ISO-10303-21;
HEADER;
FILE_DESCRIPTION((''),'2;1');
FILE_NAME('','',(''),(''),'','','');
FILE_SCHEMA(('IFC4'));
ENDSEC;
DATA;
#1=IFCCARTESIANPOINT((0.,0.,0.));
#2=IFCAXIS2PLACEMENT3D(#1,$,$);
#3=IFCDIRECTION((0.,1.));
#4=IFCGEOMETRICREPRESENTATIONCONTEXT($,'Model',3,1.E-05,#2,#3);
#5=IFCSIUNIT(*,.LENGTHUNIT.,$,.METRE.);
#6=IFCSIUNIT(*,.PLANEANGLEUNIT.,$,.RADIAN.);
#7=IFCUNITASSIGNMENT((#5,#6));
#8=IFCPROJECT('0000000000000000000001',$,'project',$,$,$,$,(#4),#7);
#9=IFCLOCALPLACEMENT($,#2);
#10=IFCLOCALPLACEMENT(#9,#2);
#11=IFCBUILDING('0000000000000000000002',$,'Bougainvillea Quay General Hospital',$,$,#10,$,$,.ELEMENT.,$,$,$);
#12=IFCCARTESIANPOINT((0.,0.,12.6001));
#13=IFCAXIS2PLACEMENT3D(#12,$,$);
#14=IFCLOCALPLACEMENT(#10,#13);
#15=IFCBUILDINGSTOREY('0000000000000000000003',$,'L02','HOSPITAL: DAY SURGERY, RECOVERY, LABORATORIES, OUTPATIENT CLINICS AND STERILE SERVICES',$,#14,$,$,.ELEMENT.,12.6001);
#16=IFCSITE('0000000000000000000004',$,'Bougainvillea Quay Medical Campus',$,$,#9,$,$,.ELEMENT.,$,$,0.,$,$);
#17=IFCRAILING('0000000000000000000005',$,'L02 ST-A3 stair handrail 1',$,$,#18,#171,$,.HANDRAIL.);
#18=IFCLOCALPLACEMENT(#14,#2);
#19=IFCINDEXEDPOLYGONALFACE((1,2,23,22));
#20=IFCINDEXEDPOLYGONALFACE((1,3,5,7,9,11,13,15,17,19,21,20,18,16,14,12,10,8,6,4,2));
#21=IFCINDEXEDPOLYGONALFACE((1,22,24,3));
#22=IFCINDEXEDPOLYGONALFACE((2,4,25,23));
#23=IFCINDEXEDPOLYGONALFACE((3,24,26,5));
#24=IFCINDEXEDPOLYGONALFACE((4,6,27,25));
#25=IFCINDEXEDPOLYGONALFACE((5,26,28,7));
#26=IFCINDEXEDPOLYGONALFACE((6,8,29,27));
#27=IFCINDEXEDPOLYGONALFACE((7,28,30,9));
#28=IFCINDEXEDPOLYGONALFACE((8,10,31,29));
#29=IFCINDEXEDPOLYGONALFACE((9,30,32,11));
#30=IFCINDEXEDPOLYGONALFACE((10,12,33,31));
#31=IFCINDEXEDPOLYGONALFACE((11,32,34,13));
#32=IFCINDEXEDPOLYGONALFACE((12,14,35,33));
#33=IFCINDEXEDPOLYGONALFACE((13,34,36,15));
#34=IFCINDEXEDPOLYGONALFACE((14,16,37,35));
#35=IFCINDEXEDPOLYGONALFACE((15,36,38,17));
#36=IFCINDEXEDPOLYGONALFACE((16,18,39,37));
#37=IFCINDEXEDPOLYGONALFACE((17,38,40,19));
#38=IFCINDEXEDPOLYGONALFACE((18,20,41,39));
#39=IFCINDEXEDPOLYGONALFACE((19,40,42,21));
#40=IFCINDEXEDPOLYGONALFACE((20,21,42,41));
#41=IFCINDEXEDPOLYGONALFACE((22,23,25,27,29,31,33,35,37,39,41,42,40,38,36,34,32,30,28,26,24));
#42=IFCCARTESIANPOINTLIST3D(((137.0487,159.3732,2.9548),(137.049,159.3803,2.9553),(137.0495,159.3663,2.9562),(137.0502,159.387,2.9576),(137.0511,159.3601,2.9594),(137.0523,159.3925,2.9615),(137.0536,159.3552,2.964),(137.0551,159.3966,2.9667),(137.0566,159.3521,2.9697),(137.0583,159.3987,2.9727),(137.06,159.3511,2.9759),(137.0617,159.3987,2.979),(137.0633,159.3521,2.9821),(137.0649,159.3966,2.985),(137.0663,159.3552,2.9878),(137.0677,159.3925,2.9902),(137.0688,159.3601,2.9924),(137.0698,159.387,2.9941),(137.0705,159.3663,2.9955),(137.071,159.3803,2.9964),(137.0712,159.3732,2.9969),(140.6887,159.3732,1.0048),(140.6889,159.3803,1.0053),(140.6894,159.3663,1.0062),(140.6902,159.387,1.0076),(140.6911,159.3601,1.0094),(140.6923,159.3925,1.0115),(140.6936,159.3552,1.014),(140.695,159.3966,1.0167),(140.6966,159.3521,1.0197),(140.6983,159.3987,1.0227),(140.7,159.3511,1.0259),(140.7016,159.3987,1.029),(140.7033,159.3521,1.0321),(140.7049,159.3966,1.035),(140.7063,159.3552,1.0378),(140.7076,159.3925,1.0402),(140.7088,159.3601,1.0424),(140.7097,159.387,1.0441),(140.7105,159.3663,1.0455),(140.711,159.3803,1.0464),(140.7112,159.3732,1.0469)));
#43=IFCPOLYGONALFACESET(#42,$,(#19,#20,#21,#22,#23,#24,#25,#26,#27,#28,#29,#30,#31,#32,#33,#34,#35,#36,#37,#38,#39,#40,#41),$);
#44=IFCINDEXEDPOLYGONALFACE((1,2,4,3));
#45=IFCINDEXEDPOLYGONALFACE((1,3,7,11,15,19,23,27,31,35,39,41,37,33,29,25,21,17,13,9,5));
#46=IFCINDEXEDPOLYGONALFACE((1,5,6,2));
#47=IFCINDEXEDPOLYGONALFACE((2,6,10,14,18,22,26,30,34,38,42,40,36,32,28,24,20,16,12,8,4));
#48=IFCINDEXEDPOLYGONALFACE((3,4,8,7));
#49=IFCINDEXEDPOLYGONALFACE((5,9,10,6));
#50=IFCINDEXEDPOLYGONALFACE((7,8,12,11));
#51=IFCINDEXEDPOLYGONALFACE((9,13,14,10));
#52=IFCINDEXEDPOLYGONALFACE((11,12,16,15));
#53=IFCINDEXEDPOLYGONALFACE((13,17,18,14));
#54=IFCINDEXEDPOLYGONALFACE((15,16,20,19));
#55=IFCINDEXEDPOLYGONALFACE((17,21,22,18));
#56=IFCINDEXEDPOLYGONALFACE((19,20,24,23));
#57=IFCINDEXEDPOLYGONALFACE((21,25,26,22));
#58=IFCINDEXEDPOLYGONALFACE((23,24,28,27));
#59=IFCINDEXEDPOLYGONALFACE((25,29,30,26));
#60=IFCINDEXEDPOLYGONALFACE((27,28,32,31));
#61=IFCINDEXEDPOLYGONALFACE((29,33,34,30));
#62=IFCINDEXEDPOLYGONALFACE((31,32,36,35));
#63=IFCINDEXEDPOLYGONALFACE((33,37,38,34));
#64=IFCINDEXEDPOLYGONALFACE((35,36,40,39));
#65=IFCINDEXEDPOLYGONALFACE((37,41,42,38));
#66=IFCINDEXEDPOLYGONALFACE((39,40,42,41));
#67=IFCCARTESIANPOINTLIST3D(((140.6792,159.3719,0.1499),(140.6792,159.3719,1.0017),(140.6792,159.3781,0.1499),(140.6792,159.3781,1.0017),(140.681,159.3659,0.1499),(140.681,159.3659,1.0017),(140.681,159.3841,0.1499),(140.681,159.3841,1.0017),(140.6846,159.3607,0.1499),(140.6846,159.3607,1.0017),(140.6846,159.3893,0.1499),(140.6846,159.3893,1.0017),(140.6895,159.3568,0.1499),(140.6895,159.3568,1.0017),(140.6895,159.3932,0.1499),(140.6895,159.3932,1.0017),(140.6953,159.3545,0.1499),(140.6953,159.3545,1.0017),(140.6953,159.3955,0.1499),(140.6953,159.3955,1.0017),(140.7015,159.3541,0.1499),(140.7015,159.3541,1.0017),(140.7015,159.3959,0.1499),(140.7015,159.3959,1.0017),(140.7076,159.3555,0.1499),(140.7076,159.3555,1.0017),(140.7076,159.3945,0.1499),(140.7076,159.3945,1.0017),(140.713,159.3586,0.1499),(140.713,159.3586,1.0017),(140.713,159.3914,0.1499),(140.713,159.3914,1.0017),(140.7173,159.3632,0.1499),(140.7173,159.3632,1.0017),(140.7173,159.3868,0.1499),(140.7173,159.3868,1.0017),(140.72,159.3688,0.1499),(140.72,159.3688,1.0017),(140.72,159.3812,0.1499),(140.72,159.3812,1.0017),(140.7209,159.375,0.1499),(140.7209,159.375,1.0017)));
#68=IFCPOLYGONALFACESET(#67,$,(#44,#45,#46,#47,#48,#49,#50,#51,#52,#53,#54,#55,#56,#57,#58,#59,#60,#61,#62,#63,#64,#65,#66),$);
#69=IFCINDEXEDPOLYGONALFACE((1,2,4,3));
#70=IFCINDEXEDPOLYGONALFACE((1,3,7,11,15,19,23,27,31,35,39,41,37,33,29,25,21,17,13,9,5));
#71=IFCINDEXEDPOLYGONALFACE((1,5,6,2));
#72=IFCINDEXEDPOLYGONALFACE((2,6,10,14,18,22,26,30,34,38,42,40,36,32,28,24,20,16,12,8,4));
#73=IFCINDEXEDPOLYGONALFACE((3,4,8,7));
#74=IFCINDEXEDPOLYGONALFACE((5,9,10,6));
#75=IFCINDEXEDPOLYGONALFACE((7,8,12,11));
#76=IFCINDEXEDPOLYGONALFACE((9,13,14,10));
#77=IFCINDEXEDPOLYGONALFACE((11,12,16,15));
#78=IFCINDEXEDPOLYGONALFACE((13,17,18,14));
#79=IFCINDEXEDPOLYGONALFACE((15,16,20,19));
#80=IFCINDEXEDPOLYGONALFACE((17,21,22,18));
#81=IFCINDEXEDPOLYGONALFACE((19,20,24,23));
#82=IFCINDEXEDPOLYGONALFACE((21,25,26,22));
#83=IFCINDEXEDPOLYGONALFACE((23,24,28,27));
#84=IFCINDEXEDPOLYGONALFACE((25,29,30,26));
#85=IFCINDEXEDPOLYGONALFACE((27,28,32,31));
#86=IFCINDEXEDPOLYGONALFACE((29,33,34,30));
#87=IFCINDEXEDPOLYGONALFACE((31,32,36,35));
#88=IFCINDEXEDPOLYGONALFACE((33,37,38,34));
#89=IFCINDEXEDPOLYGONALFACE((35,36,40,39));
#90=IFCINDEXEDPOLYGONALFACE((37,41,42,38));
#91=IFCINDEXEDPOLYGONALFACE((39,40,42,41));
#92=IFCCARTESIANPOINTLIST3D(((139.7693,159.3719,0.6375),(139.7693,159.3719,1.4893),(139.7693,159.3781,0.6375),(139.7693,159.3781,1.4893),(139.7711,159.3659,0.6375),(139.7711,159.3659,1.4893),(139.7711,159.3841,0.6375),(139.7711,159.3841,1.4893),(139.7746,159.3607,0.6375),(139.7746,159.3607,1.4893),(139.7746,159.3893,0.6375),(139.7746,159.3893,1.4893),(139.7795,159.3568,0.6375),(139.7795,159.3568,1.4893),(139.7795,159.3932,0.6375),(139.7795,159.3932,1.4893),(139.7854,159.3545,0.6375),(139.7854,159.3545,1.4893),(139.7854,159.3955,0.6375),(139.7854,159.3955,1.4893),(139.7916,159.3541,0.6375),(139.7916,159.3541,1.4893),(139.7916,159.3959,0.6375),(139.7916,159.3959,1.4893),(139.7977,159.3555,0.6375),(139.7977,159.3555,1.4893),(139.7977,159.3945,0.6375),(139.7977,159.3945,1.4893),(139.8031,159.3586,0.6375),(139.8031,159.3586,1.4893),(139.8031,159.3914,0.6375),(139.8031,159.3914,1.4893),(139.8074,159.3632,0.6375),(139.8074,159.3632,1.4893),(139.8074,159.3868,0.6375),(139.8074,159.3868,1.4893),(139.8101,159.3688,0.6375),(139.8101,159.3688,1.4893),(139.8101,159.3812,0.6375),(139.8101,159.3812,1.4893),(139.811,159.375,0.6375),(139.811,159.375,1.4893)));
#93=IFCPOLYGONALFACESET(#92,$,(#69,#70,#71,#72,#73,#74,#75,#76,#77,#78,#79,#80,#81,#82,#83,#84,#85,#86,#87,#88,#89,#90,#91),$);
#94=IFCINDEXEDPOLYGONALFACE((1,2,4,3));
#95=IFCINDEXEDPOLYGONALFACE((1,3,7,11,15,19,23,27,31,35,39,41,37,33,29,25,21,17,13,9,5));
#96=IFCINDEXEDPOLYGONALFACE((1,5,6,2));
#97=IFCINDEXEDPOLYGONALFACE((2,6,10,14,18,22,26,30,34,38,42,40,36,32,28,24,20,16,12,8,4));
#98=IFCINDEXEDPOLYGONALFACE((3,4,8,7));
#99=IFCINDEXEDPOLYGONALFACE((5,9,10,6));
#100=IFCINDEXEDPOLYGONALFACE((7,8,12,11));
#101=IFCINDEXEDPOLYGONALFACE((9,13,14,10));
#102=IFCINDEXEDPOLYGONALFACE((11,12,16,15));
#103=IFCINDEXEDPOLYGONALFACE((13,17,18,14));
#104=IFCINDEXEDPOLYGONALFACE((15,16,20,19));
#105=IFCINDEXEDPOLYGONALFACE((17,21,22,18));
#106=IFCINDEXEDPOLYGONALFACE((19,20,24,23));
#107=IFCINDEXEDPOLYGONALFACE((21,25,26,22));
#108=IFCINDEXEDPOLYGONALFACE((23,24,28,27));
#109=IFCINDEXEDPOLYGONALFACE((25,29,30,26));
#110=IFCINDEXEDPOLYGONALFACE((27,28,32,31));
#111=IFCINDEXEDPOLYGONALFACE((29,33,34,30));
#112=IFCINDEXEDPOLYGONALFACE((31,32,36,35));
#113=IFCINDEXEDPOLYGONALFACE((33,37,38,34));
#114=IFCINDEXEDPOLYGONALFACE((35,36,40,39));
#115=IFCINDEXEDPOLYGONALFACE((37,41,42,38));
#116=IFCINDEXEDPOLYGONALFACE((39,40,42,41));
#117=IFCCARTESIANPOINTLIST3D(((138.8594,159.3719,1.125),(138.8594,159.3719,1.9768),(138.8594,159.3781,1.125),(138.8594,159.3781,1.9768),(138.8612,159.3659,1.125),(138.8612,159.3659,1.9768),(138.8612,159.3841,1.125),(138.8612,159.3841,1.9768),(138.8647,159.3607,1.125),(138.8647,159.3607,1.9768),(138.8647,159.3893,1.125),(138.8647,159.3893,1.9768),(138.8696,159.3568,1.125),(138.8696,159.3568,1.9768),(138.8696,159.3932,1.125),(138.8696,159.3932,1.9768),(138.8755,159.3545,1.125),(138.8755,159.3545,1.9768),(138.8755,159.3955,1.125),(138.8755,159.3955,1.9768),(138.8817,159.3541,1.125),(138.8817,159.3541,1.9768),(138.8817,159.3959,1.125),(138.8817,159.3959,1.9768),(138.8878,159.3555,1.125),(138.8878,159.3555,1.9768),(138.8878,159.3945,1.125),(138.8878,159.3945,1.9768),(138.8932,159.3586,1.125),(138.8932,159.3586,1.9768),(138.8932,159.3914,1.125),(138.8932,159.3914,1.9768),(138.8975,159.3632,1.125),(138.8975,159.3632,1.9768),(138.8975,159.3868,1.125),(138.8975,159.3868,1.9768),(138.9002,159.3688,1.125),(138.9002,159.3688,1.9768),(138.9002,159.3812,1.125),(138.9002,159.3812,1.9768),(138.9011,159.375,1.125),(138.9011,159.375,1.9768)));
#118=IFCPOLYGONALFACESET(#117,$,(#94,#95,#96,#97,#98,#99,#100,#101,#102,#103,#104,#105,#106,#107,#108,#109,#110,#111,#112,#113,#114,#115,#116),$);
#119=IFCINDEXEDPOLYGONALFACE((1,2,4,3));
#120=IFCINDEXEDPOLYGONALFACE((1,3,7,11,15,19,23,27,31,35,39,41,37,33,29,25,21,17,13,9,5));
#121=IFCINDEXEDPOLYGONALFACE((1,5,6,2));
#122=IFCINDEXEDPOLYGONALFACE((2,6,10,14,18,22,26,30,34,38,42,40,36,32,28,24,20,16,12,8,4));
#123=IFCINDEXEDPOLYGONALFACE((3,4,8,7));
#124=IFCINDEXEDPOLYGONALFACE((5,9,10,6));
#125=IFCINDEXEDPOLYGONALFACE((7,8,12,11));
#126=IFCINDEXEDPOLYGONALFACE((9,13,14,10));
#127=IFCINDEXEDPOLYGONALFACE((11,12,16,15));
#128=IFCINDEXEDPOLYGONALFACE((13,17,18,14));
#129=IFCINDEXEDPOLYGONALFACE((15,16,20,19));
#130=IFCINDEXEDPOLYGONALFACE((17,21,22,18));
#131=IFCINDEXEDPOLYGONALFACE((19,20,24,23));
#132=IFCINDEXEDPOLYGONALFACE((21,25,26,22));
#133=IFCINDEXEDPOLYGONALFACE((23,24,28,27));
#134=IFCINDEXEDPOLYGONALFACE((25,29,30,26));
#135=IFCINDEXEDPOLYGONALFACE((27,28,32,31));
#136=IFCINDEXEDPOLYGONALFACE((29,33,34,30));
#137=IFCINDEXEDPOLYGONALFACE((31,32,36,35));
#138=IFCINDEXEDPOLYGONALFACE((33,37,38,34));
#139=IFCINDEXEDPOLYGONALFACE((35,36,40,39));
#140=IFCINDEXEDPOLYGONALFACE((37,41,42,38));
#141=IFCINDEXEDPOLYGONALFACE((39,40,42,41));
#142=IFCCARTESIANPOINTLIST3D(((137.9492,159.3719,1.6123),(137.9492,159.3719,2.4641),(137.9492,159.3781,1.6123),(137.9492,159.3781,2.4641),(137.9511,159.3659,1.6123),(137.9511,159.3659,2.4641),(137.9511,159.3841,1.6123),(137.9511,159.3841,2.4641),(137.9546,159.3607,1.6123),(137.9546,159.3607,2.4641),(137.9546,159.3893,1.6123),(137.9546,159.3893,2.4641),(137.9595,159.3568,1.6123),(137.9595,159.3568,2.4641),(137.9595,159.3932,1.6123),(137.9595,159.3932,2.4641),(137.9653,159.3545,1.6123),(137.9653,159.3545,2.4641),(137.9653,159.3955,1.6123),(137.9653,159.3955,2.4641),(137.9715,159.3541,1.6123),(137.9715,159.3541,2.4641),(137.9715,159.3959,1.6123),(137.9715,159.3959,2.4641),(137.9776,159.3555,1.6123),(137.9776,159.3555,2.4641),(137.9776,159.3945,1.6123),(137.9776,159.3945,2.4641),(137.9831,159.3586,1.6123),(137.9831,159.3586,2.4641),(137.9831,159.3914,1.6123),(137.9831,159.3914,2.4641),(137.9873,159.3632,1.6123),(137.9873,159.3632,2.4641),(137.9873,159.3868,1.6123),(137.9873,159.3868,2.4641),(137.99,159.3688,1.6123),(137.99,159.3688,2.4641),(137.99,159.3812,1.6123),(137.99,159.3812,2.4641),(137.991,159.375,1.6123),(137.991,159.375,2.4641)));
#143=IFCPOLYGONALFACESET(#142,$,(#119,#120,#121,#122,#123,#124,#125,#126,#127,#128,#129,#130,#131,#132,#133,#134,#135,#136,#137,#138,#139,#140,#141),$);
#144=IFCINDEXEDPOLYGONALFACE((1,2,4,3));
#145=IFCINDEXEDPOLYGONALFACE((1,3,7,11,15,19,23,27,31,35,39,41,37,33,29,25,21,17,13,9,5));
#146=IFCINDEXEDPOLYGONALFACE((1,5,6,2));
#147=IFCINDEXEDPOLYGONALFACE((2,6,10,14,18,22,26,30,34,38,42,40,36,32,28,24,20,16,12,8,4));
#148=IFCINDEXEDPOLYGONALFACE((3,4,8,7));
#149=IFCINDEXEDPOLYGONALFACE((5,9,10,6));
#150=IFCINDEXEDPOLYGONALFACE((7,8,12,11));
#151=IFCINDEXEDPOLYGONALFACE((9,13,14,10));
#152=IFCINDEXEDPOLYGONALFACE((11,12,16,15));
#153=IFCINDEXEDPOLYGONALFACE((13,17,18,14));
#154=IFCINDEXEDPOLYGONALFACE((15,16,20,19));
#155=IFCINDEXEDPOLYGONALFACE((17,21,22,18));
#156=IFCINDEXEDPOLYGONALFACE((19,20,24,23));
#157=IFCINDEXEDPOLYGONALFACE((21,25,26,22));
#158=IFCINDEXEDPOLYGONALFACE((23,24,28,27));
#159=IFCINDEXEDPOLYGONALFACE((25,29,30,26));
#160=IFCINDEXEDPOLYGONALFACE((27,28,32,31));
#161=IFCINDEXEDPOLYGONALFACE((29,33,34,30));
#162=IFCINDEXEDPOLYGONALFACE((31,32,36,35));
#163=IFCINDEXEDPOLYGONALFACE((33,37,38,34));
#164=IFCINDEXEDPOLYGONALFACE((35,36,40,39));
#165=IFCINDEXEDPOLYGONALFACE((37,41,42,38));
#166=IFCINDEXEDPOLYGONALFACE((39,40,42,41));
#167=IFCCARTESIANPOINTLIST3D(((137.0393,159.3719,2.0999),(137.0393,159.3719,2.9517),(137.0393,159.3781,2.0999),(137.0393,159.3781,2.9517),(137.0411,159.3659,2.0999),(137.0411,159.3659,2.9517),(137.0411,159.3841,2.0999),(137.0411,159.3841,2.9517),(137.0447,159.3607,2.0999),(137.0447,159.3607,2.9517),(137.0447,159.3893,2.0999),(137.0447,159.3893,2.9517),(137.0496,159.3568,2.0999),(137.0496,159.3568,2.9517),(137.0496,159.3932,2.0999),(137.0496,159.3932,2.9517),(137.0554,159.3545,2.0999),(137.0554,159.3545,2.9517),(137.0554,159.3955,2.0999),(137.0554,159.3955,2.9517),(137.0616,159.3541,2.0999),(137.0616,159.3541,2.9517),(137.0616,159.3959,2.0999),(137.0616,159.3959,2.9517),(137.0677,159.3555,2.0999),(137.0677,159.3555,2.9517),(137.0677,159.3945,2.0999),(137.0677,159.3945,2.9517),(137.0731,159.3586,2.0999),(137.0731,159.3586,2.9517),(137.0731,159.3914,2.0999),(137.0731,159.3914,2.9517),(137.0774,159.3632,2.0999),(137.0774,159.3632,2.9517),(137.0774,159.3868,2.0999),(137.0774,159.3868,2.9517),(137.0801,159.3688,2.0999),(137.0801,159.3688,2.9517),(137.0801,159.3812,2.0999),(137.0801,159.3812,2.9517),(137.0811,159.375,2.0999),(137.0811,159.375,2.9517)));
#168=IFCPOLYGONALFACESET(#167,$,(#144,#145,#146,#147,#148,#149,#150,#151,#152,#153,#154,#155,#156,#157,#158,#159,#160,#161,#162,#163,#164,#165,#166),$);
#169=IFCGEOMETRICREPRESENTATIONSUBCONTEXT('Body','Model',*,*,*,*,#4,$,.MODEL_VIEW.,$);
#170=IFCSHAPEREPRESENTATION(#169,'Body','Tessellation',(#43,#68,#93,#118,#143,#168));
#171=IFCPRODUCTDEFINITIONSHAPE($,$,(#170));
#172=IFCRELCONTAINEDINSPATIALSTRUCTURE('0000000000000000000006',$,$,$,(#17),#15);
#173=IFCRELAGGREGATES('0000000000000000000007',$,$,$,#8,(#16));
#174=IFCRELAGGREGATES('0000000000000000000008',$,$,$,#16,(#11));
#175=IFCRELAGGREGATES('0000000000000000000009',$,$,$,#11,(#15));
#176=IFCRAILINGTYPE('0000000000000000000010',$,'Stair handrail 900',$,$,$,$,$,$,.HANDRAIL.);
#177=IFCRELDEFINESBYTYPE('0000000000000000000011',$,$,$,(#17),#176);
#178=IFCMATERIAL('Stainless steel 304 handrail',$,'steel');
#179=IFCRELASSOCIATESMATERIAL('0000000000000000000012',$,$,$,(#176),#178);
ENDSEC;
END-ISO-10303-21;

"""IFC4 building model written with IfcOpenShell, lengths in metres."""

from ifc_helpers import new_model, si_unit, direction, frame, origin, origin_2d, place, context, subcontext, project, spatial, circle, extrude, material, type_object, element, save


model = new_model("IFC4")

# Units and contexts
model_context = context("Model", 3, precision=1e-05, world=origin(), true_north=direction((0.0, 1.0)))
body_context = subcontext(model_context, "Body", "Model", "MODEL_VIEW")
ifc_project = project(units=[si_unit("LENGTHUNIT", "METRE"), si_unit("PLANEANGLEUNIT", "RADIAN")], contexts=[model_context])

# Site, building, storey
site_placement = place(None, origin())
site = spatial("IfcSite", under=ifc_project, at=site_placement, Name="Bougainvillea Quay Medical Campus", CompositionType="ELEMENT", RefElevation=0.0)
building_placement = place(site_placement, origin())
building = spatial("IfcBuilding", under=site, at=building_placement, Name="Bougainvillea Quay General Hospital", CompositionType="ELEMENT")
storey_placement = place(building_placement, frame((0.0, 0.0, 12.6001)))
storey = spatial("IfcBuildingStorey", under=building, at=storey_placement, Name="L02", Description="HOSPITAL: DAY SURGERY, RECOVERY, LABORATORIES, OUTPATIENT CLINICS AND STERILE SERVICES", CompositionType="ELEMENT", Elevation=12.6001)

# Railing
ifc_material_1 = material(Name="Stainless steel 304 handrail", Category="steel")
railing_type_1 = type_object("IfcRailingType", Name="Stair handrail 900", PredefinedType="HANDRAIL", material=ifc_material_1)
railing_1_placement = place(storey_placement, frame((140.7, 159.375, 0.1499)))
element("IfcRailing", 1, at=railing_1_placement, inside=storey, type_object=railing_type_1, Name="L02 ST-A3 stair handrail 1", PredefinedType="HANDRAIL", context=body_context, shape_type="SweptSolid", body=[
    extrude(circle(Radius=0.0239, at=origin_2d()), frame((0.0, 0.0, 0.876), z_axis=(-0.881479, 0.0, 0.472223), x_axis=(0.0, -1.0, 0.0)), (0.0, 0.0, 1.0), 4.1294),
    extrude(circle(Radius=0.021, at=origin_2d()), origin(), (0.0, 0.0, 1.0), 0.8518),
    extrude(circle(Radius=0.021, at=origin_2d()), frame((-0.9099, 0.0, 0.4875)), (0.0, 0.0, 1.0), 0.8518),
    extrude(circle(Radius=0.021, at=origin_2d()), frame((-1.8198, 0.0, 0.9751)), (0.0, 0.0, 1.0), 0.8518),
    extrude(circle(Radius=0.021, at=origin_2d()), frame((-2.73, 0.0, 1.4624)), (0.0, 0.0, 1.0), 0.8518),
    extrude(circle(Radius=0.021, at=origin_2d()), frame((-3.6399, 0.0, 1.95)), (0.0, 0.0, 1.0), 0.8518),
])

save(model, "model.ifc")
